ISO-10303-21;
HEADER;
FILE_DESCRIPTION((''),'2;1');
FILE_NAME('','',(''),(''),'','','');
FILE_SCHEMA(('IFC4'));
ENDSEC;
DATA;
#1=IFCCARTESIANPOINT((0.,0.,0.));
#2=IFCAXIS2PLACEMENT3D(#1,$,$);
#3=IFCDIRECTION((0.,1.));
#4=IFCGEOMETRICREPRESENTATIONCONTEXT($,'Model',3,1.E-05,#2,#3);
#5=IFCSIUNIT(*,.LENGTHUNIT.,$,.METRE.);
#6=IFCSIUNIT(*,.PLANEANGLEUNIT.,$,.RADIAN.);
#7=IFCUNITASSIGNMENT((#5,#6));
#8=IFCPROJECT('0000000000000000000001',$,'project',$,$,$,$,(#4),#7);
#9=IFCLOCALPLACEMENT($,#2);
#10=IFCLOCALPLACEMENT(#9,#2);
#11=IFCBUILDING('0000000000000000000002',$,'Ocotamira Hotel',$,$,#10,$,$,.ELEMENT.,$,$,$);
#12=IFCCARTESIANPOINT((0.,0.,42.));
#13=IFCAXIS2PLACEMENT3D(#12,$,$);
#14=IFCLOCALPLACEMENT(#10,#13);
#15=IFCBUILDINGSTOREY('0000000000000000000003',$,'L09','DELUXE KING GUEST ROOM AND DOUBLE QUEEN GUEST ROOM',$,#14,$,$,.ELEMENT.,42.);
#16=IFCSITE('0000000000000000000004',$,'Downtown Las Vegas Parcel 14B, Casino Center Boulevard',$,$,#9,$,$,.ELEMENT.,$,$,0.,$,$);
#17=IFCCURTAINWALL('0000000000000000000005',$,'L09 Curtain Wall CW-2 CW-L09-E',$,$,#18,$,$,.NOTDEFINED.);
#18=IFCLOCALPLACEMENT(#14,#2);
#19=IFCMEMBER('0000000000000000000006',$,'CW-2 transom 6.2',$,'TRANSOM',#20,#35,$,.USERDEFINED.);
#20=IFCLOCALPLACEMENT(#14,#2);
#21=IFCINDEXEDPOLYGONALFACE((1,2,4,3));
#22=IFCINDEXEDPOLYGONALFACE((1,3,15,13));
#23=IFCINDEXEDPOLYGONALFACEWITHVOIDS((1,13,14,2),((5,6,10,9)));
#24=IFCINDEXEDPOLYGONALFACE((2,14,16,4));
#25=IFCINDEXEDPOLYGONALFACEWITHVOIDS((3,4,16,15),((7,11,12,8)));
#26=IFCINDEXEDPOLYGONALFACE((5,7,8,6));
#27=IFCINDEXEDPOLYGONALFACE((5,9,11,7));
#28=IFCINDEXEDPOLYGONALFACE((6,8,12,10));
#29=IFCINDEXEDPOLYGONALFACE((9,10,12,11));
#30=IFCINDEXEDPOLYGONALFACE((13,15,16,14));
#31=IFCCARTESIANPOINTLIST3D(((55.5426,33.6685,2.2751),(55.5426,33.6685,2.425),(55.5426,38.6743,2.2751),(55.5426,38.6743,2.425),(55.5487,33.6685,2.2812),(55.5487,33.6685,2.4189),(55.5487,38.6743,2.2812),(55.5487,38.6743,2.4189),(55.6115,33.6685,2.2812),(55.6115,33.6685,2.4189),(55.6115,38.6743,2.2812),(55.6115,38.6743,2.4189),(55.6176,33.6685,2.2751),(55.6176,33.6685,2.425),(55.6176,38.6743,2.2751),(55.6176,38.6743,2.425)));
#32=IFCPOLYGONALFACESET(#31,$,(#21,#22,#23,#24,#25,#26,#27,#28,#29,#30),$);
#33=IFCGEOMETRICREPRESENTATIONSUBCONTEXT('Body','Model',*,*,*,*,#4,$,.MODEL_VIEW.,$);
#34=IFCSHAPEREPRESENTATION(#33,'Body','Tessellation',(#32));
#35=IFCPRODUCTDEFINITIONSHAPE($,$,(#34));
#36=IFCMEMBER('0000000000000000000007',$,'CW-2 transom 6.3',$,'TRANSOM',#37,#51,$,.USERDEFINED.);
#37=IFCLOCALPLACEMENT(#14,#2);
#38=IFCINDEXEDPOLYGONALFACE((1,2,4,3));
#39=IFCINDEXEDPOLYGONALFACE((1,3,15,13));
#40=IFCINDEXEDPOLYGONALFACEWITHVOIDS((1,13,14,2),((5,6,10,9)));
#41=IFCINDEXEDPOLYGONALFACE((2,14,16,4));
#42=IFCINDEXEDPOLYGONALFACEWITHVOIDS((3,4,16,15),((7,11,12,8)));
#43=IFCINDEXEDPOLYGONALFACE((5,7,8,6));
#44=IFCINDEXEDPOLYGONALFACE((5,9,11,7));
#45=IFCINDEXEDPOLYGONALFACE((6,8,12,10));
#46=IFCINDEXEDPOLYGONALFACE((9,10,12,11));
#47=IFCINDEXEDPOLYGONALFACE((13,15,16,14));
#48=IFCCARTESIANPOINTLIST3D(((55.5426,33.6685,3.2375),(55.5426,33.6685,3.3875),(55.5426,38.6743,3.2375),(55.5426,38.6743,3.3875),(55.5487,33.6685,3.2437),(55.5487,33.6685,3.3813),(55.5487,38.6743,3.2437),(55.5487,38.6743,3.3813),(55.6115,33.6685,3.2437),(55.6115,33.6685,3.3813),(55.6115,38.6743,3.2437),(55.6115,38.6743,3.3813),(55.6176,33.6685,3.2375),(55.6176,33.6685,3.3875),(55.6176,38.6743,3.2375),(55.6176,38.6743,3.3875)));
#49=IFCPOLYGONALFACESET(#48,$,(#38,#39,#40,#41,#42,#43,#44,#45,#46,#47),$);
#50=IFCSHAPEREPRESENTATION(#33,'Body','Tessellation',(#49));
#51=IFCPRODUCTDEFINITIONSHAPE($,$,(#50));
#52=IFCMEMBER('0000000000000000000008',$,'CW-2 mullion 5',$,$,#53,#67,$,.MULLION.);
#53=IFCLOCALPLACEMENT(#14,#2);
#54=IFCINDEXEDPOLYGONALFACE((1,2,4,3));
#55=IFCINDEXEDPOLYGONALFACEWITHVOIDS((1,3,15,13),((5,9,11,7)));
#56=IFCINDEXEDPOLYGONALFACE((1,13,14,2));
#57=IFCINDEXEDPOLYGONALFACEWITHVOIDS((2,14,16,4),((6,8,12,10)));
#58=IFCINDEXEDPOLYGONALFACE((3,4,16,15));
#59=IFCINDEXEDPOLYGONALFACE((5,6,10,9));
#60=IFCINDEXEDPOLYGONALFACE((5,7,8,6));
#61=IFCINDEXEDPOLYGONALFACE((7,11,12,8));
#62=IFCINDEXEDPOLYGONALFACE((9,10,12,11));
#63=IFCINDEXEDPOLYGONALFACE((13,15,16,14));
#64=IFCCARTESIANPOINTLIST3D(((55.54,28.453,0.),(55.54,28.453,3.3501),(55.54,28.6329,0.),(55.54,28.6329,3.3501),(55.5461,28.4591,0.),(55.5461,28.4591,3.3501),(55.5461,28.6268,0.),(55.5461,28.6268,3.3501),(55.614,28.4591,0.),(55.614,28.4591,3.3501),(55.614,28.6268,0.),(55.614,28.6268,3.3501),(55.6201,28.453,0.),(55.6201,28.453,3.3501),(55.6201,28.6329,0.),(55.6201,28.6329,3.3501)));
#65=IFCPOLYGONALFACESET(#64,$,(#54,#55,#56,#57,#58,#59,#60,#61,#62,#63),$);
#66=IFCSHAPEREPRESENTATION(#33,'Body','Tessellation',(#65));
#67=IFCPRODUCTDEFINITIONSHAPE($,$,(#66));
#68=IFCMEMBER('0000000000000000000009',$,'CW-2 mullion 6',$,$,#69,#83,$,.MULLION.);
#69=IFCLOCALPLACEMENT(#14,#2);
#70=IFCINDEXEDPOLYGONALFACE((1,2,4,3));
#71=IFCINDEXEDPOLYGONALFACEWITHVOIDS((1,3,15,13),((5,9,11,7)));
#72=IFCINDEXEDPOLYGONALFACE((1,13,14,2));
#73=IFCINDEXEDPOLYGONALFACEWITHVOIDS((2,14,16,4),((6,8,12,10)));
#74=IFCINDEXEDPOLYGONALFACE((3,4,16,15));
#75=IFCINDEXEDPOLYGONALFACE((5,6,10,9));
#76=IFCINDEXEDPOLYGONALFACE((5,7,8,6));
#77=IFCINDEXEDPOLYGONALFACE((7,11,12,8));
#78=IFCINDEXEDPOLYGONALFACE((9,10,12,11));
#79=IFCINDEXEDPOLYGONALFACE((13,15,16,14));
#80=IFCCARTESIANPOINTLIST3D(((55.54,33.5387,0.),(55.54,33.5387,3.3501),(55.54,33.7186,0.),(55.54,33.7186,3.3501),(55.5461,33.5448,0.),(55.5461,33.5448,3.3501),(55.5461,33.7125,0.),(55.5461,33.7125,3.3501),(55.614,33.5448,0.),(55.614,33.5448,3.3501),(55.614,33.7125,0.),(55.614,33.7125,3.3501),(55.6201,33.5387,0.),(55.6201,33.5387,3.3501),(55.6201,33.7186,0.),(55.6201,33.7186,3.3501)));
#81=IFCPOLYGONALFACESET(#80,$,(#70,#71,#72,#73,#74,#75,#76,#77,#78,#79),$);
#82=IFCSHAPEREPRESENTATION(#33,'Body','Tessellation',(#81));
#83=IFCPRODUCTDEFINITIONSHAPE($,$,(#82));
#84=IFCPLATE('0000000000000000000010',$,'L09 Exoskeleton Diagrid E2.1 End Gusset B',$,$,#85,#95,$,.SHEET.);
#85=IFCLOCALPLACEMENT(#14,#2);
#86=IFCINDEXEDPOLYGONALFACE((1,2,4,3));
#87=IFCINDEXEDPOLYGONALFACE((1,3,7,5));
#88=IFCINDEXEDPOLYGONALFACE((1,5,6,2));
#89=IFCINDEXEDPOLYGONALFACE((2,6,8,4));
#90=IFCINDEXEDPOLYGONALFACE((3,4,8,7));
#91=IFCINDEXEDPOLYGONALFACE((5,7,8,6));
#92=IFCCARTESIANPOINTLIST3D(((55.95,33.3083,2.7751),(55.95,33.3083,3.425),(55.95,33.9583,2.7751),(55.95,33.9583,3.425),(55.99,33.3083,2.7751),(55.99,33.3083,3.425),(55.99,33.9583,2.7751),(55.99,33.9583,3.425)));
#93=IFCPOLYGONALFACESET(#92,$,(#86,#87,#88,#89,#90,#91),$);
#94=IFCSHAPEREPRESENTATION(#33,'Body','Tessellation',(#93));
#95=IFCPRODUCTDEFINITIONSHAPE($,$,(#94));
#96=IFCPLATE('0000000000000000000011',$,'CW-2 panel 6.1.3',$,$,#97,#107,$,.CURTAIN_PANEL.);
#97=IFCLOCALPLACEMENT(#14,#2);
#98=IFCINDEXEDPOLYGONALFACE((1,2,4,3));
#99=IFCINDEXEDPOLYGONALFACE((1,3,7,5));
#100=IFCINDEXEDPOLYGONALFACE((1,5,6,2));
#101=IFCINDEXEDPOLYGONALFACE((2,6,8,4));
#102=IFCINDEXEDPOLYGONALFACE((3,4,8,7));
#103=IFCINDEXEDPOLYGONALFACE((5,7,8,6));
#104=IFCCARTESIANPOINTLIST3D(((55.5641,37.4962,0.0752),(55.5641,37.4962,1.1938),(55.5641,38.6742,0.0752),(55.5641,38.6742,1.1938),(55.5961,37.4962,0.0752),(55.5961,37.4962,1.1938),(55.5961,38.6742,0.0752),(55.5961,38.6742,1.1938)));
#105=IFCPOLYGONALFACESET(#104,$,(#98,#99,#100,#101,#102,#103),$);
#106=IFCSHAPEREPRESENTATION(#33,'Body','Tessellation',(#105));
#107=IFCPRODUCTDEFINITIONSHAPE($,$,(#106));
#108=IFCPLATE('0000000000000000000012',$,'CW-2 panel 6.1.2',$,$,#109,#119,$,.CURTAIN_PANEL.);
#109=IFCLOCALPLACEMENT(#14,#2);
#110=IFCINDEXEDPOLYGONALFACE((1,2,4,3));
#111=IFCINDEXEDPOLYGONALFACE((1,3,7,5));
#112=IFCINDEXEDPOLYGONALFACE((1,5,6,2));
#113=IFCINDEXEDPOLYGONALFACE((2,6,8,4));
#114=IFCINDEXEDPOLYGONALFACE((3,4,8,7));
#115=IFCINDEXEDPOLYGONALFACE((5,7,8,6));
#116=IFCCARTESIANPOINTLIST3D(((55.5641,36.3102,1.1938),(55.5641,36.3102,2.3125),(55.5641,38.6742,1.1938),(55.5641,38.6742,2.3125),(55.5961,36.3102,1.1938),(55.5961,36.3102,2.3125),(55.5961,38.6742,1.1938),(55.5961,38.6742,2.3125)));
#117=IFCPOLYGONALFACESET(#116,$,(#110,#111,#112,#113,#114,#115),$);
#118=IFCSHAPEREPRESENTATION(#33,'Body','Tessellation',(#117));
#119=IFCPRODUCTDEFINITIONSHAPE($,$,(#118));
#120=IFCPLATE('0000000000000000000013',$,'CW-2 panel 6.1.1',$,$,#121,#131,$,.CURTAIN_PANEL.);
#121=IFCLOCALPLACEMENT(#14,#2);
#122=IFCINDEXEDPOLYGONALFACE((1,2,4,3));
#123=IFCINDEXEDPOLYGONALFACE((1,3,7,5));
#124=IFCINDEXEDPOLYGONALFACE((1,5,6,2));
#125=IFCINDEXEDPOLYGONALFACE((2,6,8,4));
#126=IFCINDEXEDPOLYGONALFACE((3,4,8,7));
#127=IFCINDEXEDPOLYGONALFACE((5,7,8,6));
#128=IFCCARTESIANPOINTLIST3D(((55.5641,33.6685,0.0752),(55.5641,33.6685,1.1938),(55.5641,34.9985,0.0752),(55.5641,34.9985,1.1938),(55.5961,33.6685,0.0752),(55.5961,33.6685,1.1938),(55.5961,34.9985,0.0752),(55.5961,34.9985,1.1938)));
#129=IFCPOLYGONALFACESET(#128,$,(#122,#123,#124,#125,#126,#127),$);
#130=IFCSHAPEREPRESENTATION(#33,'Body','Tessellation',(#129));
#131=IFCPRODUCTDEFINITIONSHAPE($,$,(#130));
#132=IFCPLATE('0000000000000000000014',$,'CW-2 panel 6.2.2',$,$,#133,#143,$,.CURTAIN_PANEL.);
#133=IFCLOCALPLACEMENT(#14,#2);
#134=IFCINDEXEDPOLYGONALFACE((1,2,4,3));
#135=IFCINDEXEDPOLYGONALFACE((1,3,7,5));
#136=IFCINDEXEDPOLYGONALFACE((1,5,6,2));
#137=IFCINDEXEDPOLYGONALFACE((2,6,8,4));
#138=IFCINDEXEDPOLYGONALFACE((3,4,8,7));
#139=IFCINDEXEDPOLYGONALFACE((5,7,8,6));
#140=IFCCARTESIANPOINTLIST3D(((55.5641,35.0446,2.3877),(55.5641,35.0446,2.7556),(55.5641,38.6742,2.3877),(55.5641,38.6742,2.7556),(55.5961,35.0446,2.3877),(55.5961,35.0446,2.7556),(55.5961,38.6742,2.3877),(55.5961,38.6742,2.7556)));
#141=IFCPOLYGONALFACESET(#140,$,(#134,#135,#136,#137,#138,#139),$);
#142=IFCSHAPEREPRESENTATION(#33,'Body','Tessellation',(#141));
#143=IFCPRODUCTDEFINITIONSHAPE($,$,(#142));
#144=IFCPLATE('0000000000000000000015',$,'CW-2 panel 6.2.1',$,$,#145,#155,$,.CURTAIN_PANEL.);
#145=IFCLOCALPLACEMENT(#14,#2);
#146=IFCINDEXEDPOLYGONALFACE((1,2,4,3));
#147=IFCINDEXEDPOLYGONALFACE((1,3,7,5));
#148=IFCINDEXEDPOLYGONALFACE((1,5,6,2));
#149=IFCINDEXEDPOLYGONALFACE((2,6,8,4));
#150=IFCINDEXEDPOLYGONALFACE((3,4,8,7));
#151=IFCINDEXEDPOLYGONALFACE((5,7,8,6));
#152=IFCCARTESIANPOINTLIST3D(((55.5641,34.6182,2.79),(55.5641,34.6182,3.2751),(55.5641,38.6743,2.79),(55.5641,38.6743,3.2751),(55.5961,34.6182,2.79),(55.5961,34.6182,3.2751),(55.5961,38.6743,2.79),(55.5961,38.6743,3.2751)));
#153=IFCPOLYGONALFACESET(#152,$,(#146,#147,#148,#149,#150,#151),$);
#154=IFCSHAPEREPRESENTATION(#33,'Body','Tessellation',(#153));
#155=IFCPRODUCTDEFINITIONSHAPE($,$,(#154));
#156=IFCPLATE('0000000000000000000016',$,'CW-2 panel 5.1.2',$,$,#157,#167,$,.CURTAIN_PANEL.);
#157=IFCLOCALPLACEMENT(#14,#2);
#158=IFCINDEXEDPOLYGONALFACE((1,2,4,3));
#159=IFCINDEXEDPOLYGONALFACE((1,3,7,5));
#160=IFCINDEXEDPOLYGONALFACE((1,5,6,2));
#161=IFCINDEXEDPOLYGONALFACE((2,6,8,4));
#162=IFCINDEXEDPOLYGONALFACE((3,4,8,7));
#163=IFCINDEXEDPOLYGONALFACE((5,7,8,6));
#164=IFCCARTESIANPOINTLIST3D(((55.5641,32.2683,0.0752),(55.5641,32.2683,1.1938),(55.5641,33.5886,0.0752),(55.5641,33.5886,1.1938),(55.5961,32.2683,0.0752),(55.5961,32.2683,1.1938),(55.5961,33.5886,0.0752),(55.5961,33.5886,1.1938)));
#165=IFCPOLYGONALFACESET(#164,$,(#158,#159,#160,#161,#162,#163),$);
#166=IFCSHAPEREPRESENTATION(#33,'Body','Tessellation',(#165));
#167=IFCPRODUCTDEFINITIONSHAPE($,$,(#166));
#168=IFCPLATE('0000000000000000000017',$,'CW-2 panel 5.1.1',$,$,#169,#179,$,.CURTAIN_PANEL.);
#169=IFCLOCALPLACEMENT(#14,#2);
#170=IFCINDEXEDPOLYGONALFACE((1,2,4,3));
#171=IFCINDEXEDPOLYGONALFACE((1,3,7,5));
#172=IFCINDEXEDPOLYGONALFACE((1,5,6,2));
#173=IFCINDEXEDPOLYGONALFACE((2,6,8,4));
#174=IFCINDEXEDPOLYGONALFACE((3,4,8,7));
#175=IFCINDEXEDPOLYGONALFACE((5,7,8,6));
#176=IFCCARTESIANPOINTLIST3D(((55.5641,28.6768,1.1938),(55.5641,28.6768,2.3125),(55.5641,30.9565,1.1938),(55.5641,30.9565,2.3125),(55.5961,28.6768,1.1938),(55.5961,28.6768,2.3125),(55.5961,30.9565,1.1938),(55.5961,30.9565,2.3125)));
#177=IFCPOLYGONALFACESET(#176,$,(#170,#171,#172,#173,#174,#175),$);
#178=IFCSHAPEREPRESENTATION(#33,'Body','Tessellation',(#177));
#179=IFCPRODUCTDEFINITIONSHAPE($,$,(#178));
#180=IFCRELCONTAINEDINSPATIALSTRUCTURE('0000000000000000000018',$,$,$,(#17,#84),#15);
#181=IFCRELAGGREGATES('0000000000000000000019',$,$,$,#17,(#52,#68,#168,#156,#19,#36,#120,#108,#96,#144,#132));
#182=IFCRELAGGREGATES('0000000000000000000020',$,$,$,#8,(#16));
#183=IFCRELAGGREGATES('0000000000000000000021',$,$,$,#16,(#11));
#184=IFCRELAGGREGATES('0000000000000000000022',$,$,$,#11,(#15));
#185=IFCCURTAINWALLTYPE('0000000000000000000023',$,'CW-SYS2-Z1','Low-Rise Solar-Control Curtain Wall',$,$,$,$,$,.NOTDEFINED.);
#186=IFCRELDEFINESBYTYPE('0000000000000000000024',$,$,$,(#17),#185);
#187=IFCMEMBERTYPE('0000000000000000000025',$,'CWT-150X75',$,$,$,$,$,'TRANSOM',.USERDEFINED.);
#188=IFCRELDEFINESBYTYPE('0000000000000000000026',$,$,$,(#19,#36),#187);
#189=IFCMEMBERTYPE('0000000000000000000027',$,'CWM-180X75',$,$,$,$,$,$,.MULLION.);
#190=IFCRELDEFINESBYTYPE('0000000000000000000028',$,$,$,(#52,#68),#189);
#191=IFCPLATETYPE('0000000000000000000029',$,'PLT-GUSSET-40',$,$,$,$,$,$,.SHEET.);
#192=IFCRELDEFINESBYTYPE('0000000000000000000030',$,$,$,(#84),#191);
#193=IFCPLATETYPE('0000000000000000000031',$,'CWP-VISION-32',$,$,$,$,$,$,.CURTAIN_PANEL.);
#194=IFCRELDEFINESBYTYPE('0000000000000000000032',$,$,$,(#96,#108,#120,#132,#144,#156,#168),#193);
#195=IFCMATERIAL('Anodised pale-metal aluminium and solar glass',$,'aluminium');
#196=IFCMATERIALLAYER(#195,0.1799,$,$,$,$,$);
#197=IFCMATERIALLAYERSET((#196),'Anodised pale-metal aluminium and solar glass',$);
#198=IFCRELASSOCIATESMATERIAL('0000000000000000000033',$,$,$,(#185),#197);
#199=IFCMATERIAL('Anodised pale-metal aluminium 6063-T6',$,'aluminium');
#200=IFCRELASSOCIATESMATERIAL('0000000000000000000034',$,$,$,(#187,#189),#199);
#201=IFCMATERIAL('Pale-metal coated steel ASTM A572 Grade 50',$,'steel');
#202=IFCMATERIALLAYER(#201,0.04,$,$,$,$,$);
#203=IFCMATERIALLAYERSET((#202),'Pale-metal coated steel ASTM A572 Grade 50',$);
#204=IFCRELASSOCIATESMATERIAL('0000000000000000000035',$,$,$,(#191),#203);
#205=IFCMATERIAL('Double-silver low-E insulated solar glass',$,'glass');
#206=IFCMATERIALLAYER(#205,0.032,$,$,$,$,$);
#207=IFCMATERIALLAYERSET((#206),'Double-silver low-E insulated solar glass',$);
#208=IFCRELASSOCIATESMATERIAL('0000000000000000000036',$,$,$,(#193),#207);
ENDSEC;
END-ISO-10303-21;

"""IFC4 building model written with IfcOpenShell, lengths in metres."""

from ifc_helpers import new_model, si_unit, direction, frame, origin, origin_2d, place, context, subcontext, project, spatial, rectangle, hollow_rectangle, extrude, source, transform, mapped, material, layer, layer_set, material_profile, profile_set, type_object, element, aggregate, save


model = new_model("IFC4")

# Units and contexts
model_context = context("Model", 3, precision=1e-05, world=origin(), true_north=direction((0.0, 1.0)))
body_context = subcontext(model_context, "Body", "Model", "MODEL_VIEW")
ifc_project = project(units=[si_unit("LENGTHUNIT", "METRE"), si_unit("PLANEANGLEUNIT", "RADIAN")], contexts=[model_context])

# Site, building, storey
site_placement = place(None, origin())
site = spatial("IfcSite", under=ifc_project, at=site_placement, Name="Downtown Las Vegas Parcel 14B, Casino Center Boulevard", CompositionType="ELEMENT", RefElevation=0.0)
building_placement = place(site_placement, origin())
building = spatial("IfcBuilding", under=site, at=building_placement, Name="Ocotamira Hotel", CompositionType="ELEMENT")
storey_placement = place(building_placement, frame((0.0, 0.0, 42.0)))
storey = spatial("IfcBuildingStorey", under=building, at=storey_placement, Name="L09", Description="DELUXE KING GUEST ROOM AND DOUBLE QUEEN GUEST ROOM", CompositionType="ELEMENT", Elevation=42.0)

# Curtain wall, members
ifc_material_1 = material(Name="Anodised pale-metal aluminium and solar glass", Category="aluminium")
ifc_layer_1 = layer(ifc_material_1, 0.1799)
ifc_layer_set_1 = layer_set([ifc_layer_1], Name="Anodised pale-metal aluminium and solar glass")
curtain_wall_type = type_object("IfcCurtainWallType", Name="CW-SYS2-Z1", Description="Low-Rise Solar-Control Curtain Wall", PredefinedType="NOTDEFINED", material=ifc_layer_set_1)
curtain_wall_placement = place(storey_placement, origin())
curtain_wall = element("IfcCurtainWall", 1, at=curtain_wall_placement, inside=storey, type_object=curtain_wall_type, Name="L09 Curtain Wall CW-2 CW-L09-E", PredefinedType="NOTDEFINED")
ifc_material_2 = material(Name="Anodised pale-metal aluminium 6063-T6", Category="aluminium")
ifc_material_profile_1 = material_profile(ifc_material_2, hollow_rectangle(XDim=0.075, YDim=0.1499, WallThickness=0.0061, at=origin_2d()), Name="HSS150X75X6")
ifc_profile_set_1 = profile_set([ifc_material_profile_1], Name="Anodised pale-metal aluminium 6063-T6")
member_type_1 = type_object("IfcMemberType", Name="CWT-150X75", ElementType="TRANSOM", PredefinedType="USERDEFINED", material=ifc_profile_set_1)
shared_shape_1 = source(origin(), body_context, "Body", "SweptSolid", [
    extrude(hollow_rectangle(XDim=0.075, YDim=0.1499, WallThickness=0.0061, at=origin_2d()), origin(), (0.0, 0.0, 1.0), 5.0059),
])
member_1_placement = place(storey_placement, frame((55.5801, 33.6685, 2.3501), z_axis=(0.0, 1.0, 0.0), x_axis=(-1.0, 0.0, 0.0)))
member_1 = element("IfcMember", 2, at=member_1_placement, type_object=member_type_1, Name="CW-2 transom 6.2", ObjectType="TRANSOM", PredefinedType="USERDEFINED", context=body_context, shape_type="MappedRepresentation", body=[
    mapped(shared_shape_1, transform((0.0, 0.0, 0.0), scale=1.0)),
])
member_2_placement = place(storey_placement, frame((55.5801, 33.6685, 3.3125), z_axis=(0.0, 1.0, 0.0), x_axis=(-1.0, 0.0, 0.0)))
member_2 = element("IfcMember", 3, at=member_2_placement, type_object=member_type_1, Name="CW-2 transom 6.3", ObjectType="TRANSOM", PredefinedType="USERDEFINED", context=body_context, shape_type="MappedRepresentation", body=[
    mapped(shared_shape_1, transform((0.0, 0.0, 0.0), scale=1.0)),
])
ifc_material_profile_2 = material_profile(ifc_material_2, hollow_rectangle(XDim=0.0801, YDim=0.1799, WallThickness=0.0061, at=origin_2d()), Name="HSS180X80X6")
ifc_profile_set_2 = profile_set([ifc_material_profile_2], Name="Anodised pale-metal aluminium 6063-T6")
member_type_2 = type_object("IfcMemberType", Name="CWM-180X75", PredefinedType="MULLION", material=ifc_profile_set_2)
shared_shape_2 = source(origin(), body_context, "Body", "SweptSolid", [
    extrude(hollow_rectangle(XDim=0.0801, YDim=0.1799, WallThickness=0.0061, at=origin_2d()), origin(), (0.0, 0.0, 1.0), 3.3501),
])
member_3_placement = place(storey_placement, frame((55.5801, 28.543, 0.0), z_axis=(0.0, 0.0, 1.0), x_axis=(-1.0, 0.0, 0.0)))
member_3 = element("IfcMember", 4, at=member_3_placement, type_object=member_type_2, Name="CW-2 mullion 5", PredefinedType="MULLION", context=body_context, shape_type="MappedRepresentation", body=[
    mapped(shared_shape_2, transform((0.0, 0.0, 0.0), scale=1.0)),
])
member_4_placement = place(storey_placement, frame((55.5801, 33.6287, 0.0), z_axis=(0.0, 0.0, 1.0), x_axis=(-1.0, 0.0, 0.0)))
member_4 = element("IfcMember", 5, at=member_4_placement, type_object=member_type_2, Name="CW-2 mullion 6", PredefinedType="MULLION", context=body_context, shape_type="MappedRepresentation", body=[
    mapped(shared_shape_2, transform((0.0, 0.0, 0.0), scale=1.0)),
])

# Plates
ifc_material_3 = material(Name="Pale-metal coated steel ASTM A572 Grade 50", Category="steel")
ifc_layer_2 = layer(ifc_material_3, 0.04)
ifc_layer_set_2 = layer_set([ifc_layer_2], Name="Pale-metal coated steel ASTM A572 Grade 50")
plate_type_1 = type_object("IfcPlateType", Name="PLT-GUSSET-40", PredefinedType="SHEET", material=ifc_layer_set_2)
shared_shape_3 = source(origin(), body_context, "Body", "SweptSolid", [
    extrude(rectangle(XDim=0.04, YDim=0.6499, at=origin_2d()), origin(), (0.0, 0.0, 1.0), 0.6499),
])
plate_1_placement = place(storey_placement, frame((55.97, 33.6333, 2.7751), z_axis=(0.0, 0.0, 1.0), x_axis=(1.0, 0.0, 0.0)))
element("IfcPlate", 6, at=plate_1_placement, inside=storey, type_object=plate_type_1, Name="L09 Exoskeleton Diagrid E2.1 End Gusset B", PredefinedType="SHEET", context=body_context, shape_type="MappedRepresentation", body=[
    mapped(shared_shape_3, transform((0.0, 0.0, 0.0), scale=1.0)),
])
ifc_material_4 = material(Name="Double-silver low-E insulated solar glass", Category="glass")
ifc_layer_3 = layer(ifc_material_4, 0.032)
ifc_layer_set_3 = layer_set([ifc_layer_3], Name="Double-silver low-E insulated solar glass")
plate_type_2 = type_object("IfcPlateType", Name="CWP-VISION-32", PredefinedType="CURTAIN_PANEL", material=ifc_layer_set_3)
shared_shape_4 = source(origin(), body_context, "Body", "SweptSolid", [
    extrude(rectangle(XDim=1.178, YDim=0.032, at=origin_2d()), origin(), (0.0, 0.0, 1.0), 1.1187),
])
plate_2_placement = place(storey_placement, frame((55.5801, 38.0852, 0.0752), z_axis=(0.0, 0.0, 1.0), x_axis=(0.0, 1.0, 0.0)))
plate_2 = element("IfcPlate", 7, at=plate_2_placement, type_object=plate_type_2, Name="CW-2 panel 6.1.3", PredefinedType="CURTAIN_PANEL", context=body_context, shape_type="MappedRepresentation", body=[
    mapped(shared_shape_4, transform((0.0, 0.0, 0.0), scale=1.0)),
])
shared_shape_5 = source(origin(), body_context, "Body", "SweptSolid", [
    extrude(rectangle(XDim=2.364, YDim=0.032, at=origin_2d()), origin(), (0.0, 0.0, 1.0), 1.1187),
])
plate_3_placement = place(storey_placement, frame((55.5801, 37.4922, 1.1938), z_axis=(0.0, 0.0, 1.0), x_axis=(0.0, 1.0, 0.0)))
plate_3 = element("IfcPlate", 8, at=plate_3_placement, type_object=plate_type_2, Name="CW-2 panel 6.1.2", PredefinedType="CURTAIN_PANEL", context=body_context, shape_type="MappedRepresentation", body=[
    mapped(shared_shape_5, transform((0.0, 0.0, 0.0), scale=1.0)),
])
shared_shape_6 = source(origin(), body_context, "Body", "SweptSolid", [
    extrude(rectangle(XDim=1.3301, YDim=0.032, at=origin_2d()), origin(), (0.0, 0.0, 1.0), 1.1187),
])
plate_4_placement = place(storey_placement, frame((55.5801, 34.3335, 0.0752), z_axis=(0.0, 0.0, 1.0), x_axis=(0.0, 1.0, 0.0)))
plate_4 = element("IfcPlate", 9, at=plate_4_placement, type_object=plate_type_2, Name="CW-2 panel 6.1.1", PredefinedType="CURTAIN_PANEL", context=body_context, shape_type="MappedRepresentation", body=[
    mapped(shared_shape_6, transform((0.0, 0.0, 0.0), scale=1.0)),
])
shared_shape_7 = source(origin(), body_context, "Body", "SweptSolid", [
    extrude(rectangle(XDim=3.6296, YDim=0.032, at=origin_2d()), origin(), (0.0, 0.0, 1.0), 0.3679),
])
plate_5_placement = place(storey_placement, frame((55.5801, 36.8594, 2.3877), z_axis=(0.0, 0.0, 1.0), x_axis=(0.0, 1.0, 0.0)))
plate_5 = element("IfcPlate", 10, at=plate_5_placement, type_object=plate_type_2, Name="CW-2 panel 6.2.2", PredefinedType="CURTAIN_PANEL", context=body_context, shape_type="MappedRepresentation", body=[
    mapped(shared_shape_7, transform((0.0, 0.0, 0.0), scale=1.0)),
])
shared_shape_8 = source(origin(), body_context, "Body", "SweptSolid", [
    extrude(rectangle(XDim=4.0562, YDim=0.032, at=origin_2d()), origin(), (0.0, 0.0, 1.0), 0.4851),
])
plate_6_placement = place(storey_placement, frame((55.5801, 36.6462, 2.79), z_axis=(0.0, 0.0, 1.0), x_axis=(0.0, 1.0, 0.0)))
plate_6 = element("IfcPlate", 11, at=plate_6_placement, type_object=plate_type_2, Name="CW-2 panel 6.2.1", PredefinedType="CURTAIN_PANEL", context=body_context, shape_type="MappedRepresentation", body=[
    mapped(shared_shape_8, transform((0.0, 0.0, 0.0), scale=1.0)),
])
shared_shape_9 = source(origin(), body_context, "Body", "SweptSolid", [
    extrude(rectangle(XDim=1.3203, YDim=0.032, at=origin_2d()), origin(), (0.0, 0.0, 1.0), 1.1187),
])
plate_7_placement = place(storey_placement, frame((55.5801, 32.9285, 0.0752), z_axis=(0.0, 0.0, 1.0), x_axis=(0.0, 1.0, 0.0)))
plate_7 = element("IfcPlate", 12, at=plate_7_placement, type_object=plate_type_2, Name="CW-2 panel 5.1.2", PredefinedType="CURTAIN_PANEL", context=body_context, shape_type="MappedRepresentation", body=[
    mapped(shared_shape_9, transform((0.0, 0.0, 0.0), scale=1.0)),
])
shared_shape_10 = source(origin(), body_context, "Body", "SweptSolid", [
    extrude(rectangle(XDim=2.2798, YDim=0.032, at=origin_2d()), origin(), (0.0, 0.0, 1.0), 1.1187),
])
plate_8_placement = place(storey_placement, frame((55.5801, 29.8167, 1.1938), z_axis=(0.0, 0.0, 1.0), x_axis=(0.0, 1.0, 0.0)))
plate_8 = element("IfcPlate", 13, at=plate_8_placement, type_object=plate_type_2, Name="CW-2 panel 5.1.1", PredefinedType="CURTAIN_PANEL", context=body_context, shape_type="MappedRepresentation", body=[
    mapped(shared_shape_10, transform((0.0, 0.0, 0.0), scale=1.0)),
])
aggregate(curtain_wall, [member_3, member_4, plate_8, plate_7, member_1, member_2, plate_4, plate_3, plate_2, plate_6, plate_5])

save(model, "model.ifc")
